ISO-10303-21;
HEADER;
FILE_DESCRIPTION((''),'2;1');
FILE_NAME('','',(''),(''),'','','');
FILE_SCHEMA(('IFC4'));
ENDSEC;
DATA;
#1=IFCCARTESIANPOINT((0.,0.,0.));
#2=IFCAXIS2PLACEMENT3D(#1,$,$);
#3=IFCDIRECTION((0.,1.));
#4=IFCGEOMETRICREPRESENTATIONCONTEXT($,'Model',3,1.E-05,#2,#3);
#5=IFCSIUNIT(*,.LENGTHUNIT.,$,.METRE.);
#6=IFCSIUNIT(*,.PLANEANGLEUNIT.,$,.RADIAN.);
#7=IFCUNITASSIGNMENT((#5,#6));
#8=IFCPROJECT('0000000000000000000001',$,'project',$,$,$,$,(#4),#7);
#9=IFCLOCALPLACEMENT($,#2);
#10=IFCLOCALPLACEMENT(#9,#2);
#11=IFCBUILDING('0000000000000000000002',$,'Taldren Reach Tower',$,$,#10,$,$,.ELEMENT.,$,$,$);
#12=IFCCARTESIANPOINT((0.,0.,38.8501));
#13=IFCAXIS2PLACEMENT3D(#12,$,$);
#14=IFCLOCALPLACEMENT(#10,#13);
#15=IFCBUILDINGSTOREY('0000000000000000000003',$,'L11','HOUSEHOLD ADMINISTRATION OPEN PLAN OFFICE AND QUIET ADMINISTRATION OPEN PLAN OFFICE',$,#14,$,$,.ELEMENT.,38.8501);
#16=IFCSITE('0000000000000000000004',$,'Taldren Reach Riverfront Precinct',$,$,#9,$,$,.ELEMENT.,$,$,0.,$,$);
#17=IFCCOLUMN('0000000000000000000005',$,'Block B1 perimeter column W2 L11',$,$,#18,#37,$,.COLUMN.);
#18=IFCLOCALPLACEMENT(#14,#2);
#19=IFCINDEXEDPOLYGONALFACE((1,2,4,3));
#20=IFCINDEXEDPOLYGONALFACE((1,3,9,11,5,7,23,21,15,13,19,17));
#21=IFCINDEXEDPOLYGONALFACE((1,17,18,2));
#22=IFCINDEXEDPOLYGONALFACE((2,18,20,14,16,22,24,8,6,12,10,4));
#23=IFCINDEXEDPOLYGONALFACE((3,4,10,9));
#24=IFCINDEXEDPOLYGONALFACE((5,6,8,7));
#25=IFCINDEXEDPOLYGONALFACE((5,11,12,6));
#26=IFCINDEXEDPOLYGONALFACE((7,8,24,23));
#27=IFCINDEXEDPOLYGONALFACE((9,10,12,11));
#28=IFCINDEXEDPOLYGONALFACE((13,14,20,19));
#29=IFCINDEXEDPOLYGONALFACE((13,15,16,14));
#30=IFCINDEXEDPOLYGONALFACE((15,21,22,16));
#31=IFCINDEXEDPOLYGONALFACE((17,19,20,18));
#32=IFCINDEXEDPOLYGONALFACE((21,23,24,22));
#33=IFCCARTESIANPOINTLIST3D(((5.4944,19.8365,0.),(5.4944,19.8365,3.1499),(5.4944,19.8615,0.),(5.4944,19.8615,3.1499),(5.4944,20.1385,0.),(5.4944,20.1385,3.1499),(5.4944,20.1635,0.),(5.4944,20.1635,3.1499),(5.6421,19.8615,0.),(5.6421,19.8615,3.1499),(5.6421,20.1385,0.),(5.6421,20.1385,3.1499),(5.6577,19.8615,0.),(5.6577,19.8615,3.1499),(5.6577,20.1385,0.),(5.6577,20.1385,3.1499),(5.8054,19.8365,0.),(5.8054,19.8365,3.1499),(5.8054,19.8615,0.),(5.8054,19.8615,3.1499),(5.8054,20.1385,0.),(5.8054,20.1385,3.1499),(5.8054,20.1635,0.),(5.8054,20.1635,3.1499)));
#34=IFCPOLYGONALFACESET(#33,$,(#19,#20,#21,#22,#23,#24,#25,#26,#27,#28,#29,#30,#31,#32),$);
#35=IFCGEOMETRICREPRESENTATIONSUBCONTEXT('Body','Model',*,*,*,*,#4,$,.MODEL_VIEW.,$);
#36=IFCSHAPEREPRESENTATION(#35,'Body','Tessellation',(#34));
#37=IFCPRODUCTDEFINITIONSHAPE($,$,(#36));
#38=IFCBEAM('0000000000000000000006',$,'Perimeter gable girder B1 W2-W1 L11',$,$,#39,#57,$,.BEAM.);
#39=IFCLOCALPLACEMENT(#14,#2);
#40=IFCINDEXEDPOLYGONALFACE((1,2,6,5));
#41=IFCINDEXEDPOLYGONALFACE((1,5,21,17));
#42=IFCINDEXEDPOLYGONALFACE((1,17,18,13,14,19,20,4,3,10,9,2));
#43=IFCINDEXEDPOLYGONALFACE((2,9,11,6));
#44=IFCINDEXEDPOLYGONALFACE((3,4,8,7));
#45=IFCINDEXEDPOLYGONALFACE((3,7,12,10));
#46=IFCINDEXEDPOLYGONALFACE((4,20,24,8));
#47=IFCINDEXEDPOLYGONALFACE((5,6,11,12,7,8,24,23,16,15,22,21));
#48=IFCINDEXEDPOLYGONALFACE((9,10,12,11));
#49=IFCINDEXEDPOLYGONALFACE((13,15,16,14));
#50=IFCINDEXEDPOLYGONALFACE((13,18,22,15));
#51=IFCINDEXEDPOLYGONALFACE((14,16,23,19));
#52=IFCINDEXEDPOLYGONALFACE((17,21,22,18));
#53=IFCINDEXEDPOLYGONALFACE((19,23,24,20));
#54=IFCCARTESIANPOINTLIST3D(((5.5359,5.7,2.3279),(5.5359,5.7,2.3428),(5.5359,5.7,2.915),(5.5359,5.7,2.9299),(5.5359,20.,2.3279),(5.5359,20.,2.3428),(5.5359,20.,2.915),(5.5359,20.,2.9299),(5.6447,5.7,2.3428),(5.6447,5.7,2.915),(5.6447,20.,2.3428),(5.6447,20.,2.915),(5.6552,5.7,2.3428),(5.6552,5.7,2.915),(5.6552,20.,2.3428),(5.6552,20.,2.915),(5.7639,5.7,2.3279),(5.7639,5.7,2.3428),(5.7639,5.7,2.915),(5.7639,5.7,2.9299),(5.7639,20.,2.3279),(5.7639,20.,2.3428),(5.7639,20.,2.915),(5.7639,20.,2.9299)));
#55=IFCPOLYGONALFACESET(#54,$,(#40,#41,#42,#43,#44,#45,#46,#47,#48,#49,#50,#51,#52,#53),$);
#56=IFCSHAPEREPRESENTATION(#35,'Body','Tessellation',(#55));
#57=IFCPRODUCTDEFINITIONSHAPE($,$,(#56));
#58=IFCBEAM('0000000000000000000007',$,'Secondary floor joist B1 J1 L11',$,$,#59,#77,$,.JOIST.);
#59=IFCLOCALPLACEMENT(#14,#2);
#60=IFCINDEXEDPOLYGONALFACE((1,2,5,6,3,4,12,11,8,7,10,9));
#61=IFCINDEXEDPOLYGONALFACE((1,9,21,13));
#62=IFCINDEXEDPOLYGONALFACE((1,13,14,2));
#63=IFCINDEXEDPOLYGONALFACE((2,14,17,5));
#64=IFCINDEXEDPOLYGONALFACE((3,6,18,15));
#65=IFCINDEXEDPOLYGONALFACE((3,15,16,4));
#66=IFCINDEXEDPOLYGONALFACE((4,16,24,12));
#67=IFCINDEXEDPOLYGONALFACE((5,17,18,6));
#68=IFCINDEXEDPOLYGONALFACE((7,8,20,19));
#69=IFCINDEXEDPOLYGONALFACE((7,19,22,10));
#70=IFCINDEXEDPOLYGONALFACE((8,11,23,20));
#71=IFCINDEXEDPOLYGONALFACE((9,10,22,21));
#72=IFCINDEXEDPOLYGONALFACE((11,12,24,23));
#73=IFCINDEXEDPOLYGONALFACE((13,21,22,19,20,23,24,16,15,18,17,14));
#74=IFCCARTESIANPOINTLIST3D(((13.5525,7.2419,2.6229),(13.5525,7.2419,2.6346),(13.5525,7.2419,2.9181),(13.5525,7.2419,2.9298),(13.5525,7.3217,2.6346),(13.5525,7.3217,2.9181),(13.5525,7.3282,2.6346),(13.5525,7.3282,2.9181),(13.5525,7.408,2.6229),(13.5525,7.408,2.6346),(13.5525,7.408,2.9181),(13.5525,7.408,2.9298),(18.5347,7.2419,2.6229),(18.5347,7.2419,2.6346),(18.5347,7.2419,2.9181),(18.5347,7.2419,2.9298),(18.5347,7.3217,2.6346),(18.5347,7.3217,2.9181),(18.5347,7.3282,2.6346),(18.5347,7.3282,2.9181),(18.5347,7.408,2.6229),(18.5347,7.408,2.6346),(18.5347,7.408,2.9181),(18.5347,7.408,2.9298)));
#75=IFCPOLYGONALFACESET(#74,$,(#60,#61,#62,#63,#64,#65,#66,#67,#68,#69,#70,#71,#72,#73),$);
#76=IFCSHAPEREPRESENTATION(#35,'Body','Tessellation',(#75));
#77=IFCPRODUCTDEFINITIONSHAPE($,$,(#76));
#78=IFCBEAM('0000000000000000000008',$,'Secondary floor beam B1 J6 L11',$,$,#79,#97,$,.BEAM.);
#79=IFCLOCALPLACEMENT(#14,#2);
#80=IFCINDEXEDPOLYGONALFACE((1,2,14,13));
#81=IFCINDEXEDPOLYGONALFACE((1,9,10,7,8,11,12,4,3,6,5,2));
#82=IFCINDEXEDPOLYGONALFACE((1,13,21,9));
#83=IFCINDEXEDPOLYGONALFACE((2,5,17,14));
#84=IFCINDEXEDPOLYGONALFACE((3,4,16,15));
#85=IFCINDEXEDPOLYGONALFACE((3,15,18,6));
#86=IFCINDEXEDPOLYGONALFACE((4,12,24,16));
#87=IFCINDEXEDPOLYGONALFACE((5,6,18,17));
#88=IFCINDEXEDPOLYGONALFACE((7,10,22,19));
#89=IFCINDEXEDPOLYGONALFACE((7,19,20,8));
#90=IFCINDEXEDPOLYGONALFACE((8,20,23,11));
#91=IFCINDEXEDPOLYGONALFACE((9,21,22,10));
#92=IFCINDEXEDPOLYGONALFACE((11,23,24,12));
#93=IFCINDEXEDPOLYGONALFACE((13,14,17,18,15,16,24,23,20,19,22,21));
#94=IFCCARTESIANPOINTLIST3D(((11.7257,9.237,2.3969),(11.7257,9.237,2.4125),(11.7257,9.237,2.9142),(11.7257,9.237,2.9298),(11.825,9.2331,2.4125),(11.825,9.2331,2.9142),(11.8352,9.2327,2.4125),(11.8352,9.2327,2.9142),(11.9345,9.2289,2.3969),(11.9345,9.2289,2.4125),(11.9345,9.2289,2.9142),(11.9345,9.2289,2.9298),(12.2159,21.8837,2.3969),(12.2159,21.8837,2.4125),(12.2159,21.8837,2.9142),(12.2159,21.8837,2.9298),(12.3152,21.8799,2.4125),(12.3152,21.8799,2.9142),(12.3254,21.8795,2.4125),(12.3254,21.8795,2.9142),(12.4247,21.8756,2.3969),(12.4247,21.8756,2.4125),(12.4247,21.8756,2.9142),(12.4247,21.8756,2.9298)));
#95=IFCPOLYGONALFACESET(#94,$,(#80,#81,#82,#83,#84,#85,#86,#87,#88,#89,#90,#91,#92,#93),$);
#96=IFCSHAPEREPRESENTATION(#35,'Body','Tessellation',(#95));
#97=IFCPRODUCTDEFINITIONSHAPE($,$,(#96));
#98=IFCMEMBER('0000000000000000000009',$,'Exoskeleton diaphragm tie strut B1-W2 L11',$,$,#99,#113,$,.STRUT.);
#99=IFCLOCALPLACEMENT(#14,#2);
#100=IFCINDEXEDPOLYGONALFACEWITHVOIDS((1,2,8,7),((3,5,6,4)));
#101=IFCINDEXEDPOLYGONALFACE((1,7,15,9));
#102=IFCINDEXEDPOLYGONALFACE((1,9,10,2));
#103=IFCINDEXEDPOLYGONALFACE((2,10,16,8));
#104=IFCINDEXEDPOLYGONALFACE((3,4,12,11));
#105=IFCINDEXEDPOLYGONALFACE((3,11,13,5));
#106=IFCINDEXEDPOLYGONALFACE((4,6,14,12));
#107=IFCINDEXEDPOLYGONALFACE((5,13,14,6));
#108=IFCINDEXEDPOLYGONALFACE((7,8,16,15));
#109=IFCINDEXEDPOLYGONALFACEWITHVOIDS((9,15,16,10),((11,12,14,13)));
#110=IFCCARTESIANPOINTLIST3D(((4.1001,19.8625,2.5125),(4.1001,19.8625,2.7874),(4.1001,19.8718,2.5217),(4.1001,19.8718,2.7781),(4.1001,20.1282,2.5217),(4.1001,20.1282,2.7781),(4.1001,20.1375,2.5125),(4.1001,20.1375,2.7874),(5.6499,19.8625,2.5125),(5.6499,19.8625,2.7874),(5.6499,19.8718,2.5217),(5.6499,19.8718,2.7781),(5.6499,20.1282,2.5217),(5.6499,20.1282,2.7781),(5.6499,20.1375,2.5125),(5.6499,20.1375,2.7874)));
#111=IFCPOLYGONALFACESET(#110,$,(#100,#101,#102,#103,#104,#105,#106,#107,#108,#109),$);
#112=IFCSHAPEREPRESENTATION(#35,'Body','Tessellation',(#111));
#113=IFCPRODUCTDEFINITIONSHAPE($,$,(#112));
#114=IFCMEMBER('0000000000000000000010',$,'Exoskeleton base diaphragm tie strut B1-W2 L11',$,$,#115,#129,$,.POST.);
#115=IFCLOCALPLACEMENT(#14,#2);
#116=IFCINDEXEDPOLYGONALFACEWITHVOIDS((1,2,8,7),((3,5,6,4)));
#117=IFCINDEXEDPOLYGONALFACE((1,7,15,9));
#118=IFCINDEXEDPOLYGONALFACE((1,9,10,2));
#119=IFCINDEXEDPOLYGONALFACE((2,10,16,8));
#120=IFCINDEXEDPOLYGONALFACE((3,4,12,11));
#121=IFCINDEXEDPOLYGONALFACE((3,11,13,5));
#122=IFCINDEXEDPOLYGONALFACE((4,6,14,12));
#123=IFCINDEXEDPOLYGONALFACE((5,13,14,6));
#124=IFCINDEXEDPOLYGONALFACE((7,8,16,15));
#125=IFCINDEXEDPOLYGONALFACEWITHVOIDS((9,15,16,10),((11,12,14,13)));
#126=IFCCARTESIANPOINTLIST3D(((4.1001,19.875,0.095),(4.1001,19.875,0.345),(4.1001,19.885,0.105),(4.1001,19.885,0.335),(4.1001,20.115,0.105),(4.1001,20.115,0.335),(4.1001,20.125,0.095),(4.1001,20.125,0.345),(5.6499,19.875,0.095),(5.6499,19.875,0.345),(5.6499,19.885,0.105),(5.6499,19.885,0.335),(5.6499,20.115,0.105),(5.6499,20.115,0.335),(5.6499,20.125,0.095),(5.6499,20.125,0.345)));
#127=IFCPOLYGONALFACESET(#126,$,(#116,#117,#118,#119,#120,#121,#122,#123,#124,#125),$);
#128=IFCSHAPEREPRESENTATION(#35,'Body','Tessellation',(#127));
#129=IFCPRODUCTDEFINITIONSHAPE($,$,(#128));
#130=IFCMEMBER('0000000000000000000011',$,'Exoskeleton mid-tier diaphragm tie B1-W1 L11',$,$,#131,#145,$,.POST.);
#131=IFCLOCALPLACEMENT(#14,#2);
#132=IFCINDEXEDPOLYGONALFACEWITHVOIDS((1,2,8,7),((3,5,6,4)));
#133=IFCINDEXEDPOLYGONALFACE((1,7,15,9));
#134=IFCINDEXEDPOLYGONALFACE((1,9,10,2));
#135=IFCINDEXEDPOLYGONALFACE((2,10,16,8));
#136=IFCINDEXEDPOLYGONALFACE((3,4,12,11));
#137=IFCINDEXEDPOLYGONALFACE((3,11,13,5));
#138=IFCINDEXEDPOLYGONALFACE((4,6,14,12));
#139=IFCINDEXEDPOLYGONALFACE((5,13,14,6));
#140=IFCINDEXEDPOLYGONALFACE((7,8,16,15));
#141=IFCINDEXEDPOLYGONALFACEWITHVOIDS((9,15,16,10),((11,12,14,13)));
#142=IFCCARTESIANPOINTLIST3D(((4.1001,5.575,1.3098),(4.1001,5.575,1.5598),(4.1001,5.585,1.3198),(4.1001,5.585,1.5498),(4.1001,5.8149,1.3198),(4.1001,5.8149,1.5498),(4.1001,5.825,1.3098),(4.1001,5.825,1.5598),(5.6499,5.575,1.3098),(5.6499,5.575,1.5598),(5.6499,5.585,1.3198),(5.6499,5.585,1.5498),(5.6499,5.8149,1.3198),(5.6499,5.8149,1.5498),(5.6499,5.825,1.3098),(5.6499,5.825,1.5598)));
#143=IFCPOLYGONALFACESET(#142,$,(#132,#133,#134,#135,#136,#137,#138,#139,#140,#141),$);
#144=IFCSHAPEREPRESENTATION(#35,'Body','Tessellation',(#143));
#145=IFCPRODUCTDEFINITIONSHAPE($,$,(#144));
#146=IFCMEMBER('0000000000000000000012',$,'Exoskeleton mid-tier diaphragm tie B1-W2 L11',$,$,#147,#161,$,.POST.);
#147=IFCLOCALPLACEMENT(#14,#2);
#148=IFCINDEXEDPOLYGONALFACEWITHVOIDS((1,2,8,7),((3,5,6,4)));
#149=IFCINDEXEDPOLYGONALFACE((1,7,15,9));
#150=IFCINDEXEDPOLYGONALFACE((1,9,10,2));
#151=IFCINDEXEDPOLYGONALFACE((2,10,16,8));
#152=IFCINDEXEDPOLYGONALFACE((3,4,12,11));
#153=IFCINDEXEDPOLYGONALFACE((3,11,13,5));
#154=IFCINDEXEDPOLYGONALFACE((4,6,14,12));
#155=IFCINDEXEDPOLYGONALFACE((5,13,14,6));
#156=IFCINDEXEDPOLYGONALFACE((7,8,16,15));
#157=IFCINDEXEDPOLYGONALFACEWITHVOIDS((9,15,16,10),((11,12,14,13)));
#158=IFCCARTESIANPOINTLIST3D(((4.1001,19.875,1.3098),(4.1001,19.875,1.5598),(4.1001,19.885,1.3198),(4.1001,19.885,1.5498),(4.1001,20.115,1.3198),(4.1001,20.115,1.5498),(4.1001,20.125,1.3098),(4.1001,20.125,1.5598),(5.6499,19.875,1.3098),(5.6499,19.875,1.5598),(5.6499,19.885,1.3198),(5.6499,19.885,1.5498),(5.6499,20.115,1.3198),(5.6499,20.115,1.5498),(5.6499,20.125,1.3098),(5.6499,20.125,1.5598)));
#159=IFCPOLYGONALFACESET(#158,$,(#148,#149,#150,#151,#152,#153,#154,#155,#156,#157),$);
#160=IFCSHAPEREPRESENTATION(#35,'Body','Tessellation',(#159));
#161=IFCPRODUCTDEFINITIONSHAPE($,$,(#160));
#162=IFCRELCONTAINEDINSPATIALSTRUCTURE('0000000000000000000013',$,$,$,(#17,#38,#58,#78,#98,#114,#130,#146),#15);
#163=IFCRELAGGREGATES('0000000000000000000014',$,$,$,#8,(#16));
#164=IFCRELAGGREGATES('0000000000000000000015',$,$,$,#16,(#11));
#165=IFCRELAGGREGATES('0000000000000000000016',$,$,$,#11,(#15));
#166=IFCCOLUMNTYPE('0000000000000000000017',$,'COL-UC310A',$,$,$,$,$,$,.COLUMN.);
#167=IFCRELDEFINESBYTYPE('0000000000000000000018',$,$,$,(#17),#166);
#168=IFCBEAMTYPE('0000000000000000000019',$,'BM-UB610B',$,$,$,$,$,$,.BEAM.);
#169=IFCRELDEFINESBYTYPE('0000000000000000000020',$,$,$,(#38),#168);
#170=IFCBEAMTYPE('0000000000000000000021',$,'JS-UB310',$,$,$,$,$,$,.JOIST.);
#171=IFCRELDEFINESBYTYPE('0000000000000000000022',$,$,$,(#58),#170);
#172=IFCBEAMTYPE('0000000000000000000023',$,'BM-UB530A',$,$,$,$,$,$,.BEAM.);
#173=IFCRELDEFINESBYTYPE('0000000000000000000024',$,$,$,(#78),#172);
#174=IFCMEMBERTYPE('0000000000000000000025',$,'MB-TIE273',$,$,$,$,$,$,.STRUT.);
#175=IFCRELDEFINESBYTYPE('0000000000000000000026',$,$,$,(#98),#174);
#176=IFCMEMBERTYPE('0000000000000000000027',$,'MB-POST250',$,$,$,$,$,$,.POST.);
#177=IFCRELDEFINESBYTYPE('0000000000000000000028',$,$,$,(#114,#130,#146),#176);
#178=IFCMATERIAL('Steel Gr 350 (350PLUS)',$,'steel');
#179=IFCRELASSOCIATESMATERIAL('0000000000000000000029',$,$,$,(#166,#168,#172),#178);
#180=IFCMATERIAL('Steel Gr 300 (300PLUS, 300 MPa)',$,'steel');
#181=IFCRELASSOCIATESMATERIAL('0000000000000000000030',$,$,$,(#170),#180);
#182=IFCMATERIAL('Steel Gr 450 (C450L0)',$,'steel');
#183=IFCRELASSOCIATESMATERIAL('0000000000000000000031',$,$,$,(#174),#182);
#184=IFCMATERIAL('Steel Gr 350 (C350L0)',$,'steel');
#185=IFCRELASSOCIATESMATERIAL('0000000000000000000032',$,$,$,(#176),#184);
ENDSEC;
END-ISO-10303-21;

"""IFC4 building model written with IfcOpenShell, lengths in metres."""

from ifc_helpers import new_model, si_unit, direction, frame, origin, origin_2d, place, context, subcontext, project, spatial, hollow_rectangle, i_section, extrude, source, transform, mapped, material, material_profile, profile_set, type_object, element, save


model = new_model("IFC4")

# Units and contexts
model_context = context("Model", 3, precision=1e-05, world=origin(), true_north=direction((0.0, 1.0)))
body_context = subcontext(model_context, "Body", "Model", "MODEL_VIEW")
ifc_project = project(units=[si_unit("LENGTHUNIT", "METRE"), si_unit("PLANEANGLEUNIT", "RADIAN")], contexts=[model_context])

# Site, building, storey
site_placement = place(None, origin())
site = spatial("IfcSite", under=ifc_project, at=site_placement, Name="Taldren Reach Riverfront Precinct", CompositionType="ELEMENT", RefElevation=0.0)
building_placement = place(site_placement, origin())
building = spatial("IfcBuilding", under=site, at=building_placement, Name="Taldren Reach Tower", CompositionType="ELEMENT")
storey_placement = place(building_placement, frame((0.0, 0.0, 38.8501)))
storey = spatial("IfcBuildingStorey", under=building, at=storey_placement, Name="L11", Description="HOUSEHOLD ADMINISTRATION OPEN PLAN OFFICE AND QUIET ADMINISTRATION OPEN PLAN OFFICE", CompositionType="ELEMENT", Elevation=38.8501)

# Column
ifc_material_1 = material(Name="Steel Gr 350 (350PLUS)", Category="steel")
ifc_material_profile_1 = material_profile(ifc_material_1, i_section(OverallWidth=0.311, OverallDepth=0.3269, WebThickness=0.0156, FlangeThickness=0.0249, at=origin_2d()), Name="310UC158")
ifc_profile_set_1 = profile_set([ifc_material_profile_1], Name="Steel Gr 350 (350PLUS)")
column_type = type_object("IfcColumnType", Name="COL-UC310A", PredefinedType="COLUMN", material=ifc_profile_set_1)
shared_shape_1 = source(origin(), body_context, "Body", "SweptSolid", [
    extrude(i_section(OverallWidth=0.311, OverallDepth=0.3269, WebThickness=0.0156, FlangeThickness=0.0249, at=origin_2d()), origin(), (0.0, 0.0, 1.0), 3.1499),
])
column_placement = place(storey_placement, frame((5.6499, 20.0, 0.0), z_axis=(0.0, 0.0, 1.0), x_axis=(1.0, 0.0, 0.0)))
element("IfcColumn", 1, at=column_placement, inside=storey, type_object=column_type, Name="Block B1 perimeter column W2 L11", PredefinedType="COLUMN", context=body_context, shape_type="MappedRepresentation", body=[
    mapped(shared_shape_1, transform((0.0, 0.0, 0.0), scale=1.0)),
])

# Beams
ifc_material_profile_2 = material_profile(ifc_material_1, i_section(OverallWidth=0.228, OverallDepth=0.6021, WebThickness=0.0105, FlangeThickness=0.0149, at=origin_2d()), Name="610UB101")
ifc_profile_set_2 = profile_set([ifc_material_profile_2], Name="Steel Gr 350 (350PLUS)")
beam_type_1 = type_object("IfcBeamType", Name="BM-UB610B", PredefinedType="BEAM", material=ifc_profile_set_2)
shared_shape_2 = source(origin(), body_context, "Body", "SweptSolid", [
    extrude(i_section(OverallWidth=0.228, OverallDepth=0.6021, WebThickness=0.0105, FlangeThickness=0.0149, at=origin_2d()), origin(), (0.0, 0.0, 1.0), 14.3),
])
beam_1_placement = place(storey_placement, frame((5.6499, 20.0, 2.6289), z_axis=(0.0, -1.0, 0.0), x_axis=(1.0, 0.0, 0.0)))
element("IfcBeam", 2, at=beam_1_placement, inside=storey, type_object=beam_type_1, Name="Perimeter gable girder B1 W2-W1 L11", PredefinedType="BEAM", context=body_context, shape_type="MappedRepresentation", body=[
    mapped(shared_shape_2, transform((0.0, 0.0, 0.0), scale=1.0)),
])
ifc_material_2 = material(Name="Steel Gr 300 (300PLUS, 300 MPa)", Category="steel")
ifc_material_profile_3 = material_profile(ifc_material_2, i_section(OverallWidth=0.166, OverallDepth=0.3069, WebThickness=0.0066, FlangeThickness=0.0117, at=origin_2d()), Name="310UB46.2")
ifc_profile_set_3 = profile_set([ifc_material_profile_3], Name="Steel Gr 300 (300PLUS, 300 MPa)")
beam_type_2 = type_object("IfcBeamType", Name="JS-UB310", PredefinedType="JOIST", material=ifc_profile_set_3)
shared_shape_3 = source(origin(), body_context, "Body", "SweptSolid", [
    extrude(i_section(OverallWidth=0.166, OverallDepth=0.3069, WebThickness=0.0066, FlangeThickness=0.0117, at=origin_2d()), origin(), (0.0, 0.0, 1.0), 4.9822),
])
beam_2_placement = place(storey_placement, frame((13.5525, 7.325, 2.7764), z_axis=(1.0, 0.0, 0.0), x_axis=(0.0, 1.0, 0.0)))
element("IfcBeam", 3, at=beam_2_placement, inside=storey, type_object=beam_type_2, Name="Secondary floor joist B1 J1 L11", PredefinedType="JOIST", context=body_context, shape_type="MappedRepresentation", body=[
    mapped(shared_shape_3, transform((0.0, 0.0, 0.0), scale=1.0)),
])
ifc_material_profile_4 = material_profile(ifc_material_1, i_section(OverallWidth=0.209, OverallDepth=0.533, WebThickness=0.0103, FlangeThickness=0.0156, at=origin_2d()), Name="530UB92.4")
ifc_profile_set_4 = profile_set([ifc_material_profile_4], Name="Steel Gr 350 (350PLUS)")
beam_type_3 = type_object("IfcBeamType", Name="BM-UB530A", PredefinedType="BEAM", material=ifc_profile_set_4)
shared_shape_4 = source(origin(), body_context, "Body", "SweptSolid", [
    extrude(i_section(OverallWidth=0.209, OverallDepth=0.533, WebThickness=0.0103, FlangeThickness=0.0156, at=origin_2d()), origin(), (0.0, 0.0, 1.0), 12.6562),
])
beam_3_placement = place(storey_placement, frame((11.8301, 9.2329, 2.6633), z_axis=(0.038735, 0.99925, 0.0), x_axis=(-0.99925, 0.038735, 0.0)))
element("IfcBeam", 4, at=beam_3_placement, inside=storey, type_object=beam_type_3, Name="Secondary floor beam B1 J6 L11", PredefinedType="BEAM", context=body_context, shape_type="MappedRepresentation", body=[
    mapped(shared_shape_4, transform((0.0, 0.0, 0.0), scale=1.0)),
])

# Members
ifc_material_3 = material(Name="Steel Gr 450 (C450L0)", Category="steel")
ifc_material_profile_5 = material_profile(ifc_material_3, hollow_rectangle(XDim=0.2749, YDim=0.2749, WallThickness=0.0093, at=origin_2d()), Name="275x275x9.3SHS")
ifc_profile_set_5 = profile_set([ifc_material_profile_5], Name="Steel Gr 450 (C450L0)")
member_type_1 = type_object("IfcMemberType", Name="MB-TIE273", PredefinedType="STRUT", material=ifc_profile_set_5)
shared_shape_5 = source(origin(), body_context, "Body", "SweptSolid", [
    extrude(hollow_rectangle(XDim=0.2749, YDim=0.2749, WallThickness=0.0093, at=origin_2d()), origin(), (0.0, 0.0, 1.0), 1.5498),
])
member_1_placement = place(storey_placement, frame((5.6499, 20.0, 2.6499), z_axis=(-1.0, 0.0, 0.0), x_axis=(0.0, -1.0, 0.0)))
element("IfcMember", 5, at=member_1_placement, inside=storey, type_object=member_type_1, Name="Exoskeleton diaphragm tie strut B1-W2 L11", PredefinedType="STRUT", context=body_context, shape_type="MappedRepresentation", body=[
    mapped(shared_shape_5, transform((0.0, 0.0, 0.0), scale=1.0)),
])
ifc_material_4 = material(Name="Steel Gr 350 (C350L0)", Category="steel")
ifc_material_profile_6 = material_profile(ifc_material_4, hollow_rectangle(XDim=0.25, YDim=0.25, WallThickness=0.01, at=origin_2d()), Name="250x250x10.0SHS")
ifc_profile_set_6 = profile_set([ifc_material_profile_6], Name="Steel Gr 350 (C350L0)")
member_type_2 = type_object("IfcMemberType", Name="MB-POST250", PredefinedType="POST", material=ifc_profile_set_6)
shared_shape_6 = source(origin(), body_context, "Body", "SweptSolid", [
    extrude(hollow_rectangle(XDim=0.25, YDim=0.25, WallThickness=0.01, at=origin_2d()), origin(), (0.0, 0.0, 1.0), 1.5498),
])
for number, where, z_axis, x_axis, name in (
    (6, (5.6499, 20.0, 0.22), (-1.0, 0.0, 0.0), (0.0, -1.0, 0.0), "Exoskeleton base diaphragm tie strut B1-W2 L11"),
    (7, (5.6499, 5.7, 1.4348), (-1.0, 0.0, 0.0), (0.0, -1.0, 0.0), "Exoskeleton mid-tier diaphragm tie B1-W1 L11"),
    (8, (5.6499, 20.0, 1.4348), (-1.0, 0.0, 0.0), (0.0, -1.0, 0.0), "Exoskeleton mid-tier diaphragm tie B1-W2 L11"),
):
    element("IfcMember", number, at=place(storey_placement, frame(where, z_axis=z_axis, x_axis=x_axis)), inside=storey, type_object=member_type_2, Name=name, PredefinedType="POST", context=body_context, shape_type="MappedRepresentation", body=[
        mapped(shared_shape_6, transform((0.0, 0.0, 0.0), scale=1.0)),
    ])

save(model, "model.ifc")
